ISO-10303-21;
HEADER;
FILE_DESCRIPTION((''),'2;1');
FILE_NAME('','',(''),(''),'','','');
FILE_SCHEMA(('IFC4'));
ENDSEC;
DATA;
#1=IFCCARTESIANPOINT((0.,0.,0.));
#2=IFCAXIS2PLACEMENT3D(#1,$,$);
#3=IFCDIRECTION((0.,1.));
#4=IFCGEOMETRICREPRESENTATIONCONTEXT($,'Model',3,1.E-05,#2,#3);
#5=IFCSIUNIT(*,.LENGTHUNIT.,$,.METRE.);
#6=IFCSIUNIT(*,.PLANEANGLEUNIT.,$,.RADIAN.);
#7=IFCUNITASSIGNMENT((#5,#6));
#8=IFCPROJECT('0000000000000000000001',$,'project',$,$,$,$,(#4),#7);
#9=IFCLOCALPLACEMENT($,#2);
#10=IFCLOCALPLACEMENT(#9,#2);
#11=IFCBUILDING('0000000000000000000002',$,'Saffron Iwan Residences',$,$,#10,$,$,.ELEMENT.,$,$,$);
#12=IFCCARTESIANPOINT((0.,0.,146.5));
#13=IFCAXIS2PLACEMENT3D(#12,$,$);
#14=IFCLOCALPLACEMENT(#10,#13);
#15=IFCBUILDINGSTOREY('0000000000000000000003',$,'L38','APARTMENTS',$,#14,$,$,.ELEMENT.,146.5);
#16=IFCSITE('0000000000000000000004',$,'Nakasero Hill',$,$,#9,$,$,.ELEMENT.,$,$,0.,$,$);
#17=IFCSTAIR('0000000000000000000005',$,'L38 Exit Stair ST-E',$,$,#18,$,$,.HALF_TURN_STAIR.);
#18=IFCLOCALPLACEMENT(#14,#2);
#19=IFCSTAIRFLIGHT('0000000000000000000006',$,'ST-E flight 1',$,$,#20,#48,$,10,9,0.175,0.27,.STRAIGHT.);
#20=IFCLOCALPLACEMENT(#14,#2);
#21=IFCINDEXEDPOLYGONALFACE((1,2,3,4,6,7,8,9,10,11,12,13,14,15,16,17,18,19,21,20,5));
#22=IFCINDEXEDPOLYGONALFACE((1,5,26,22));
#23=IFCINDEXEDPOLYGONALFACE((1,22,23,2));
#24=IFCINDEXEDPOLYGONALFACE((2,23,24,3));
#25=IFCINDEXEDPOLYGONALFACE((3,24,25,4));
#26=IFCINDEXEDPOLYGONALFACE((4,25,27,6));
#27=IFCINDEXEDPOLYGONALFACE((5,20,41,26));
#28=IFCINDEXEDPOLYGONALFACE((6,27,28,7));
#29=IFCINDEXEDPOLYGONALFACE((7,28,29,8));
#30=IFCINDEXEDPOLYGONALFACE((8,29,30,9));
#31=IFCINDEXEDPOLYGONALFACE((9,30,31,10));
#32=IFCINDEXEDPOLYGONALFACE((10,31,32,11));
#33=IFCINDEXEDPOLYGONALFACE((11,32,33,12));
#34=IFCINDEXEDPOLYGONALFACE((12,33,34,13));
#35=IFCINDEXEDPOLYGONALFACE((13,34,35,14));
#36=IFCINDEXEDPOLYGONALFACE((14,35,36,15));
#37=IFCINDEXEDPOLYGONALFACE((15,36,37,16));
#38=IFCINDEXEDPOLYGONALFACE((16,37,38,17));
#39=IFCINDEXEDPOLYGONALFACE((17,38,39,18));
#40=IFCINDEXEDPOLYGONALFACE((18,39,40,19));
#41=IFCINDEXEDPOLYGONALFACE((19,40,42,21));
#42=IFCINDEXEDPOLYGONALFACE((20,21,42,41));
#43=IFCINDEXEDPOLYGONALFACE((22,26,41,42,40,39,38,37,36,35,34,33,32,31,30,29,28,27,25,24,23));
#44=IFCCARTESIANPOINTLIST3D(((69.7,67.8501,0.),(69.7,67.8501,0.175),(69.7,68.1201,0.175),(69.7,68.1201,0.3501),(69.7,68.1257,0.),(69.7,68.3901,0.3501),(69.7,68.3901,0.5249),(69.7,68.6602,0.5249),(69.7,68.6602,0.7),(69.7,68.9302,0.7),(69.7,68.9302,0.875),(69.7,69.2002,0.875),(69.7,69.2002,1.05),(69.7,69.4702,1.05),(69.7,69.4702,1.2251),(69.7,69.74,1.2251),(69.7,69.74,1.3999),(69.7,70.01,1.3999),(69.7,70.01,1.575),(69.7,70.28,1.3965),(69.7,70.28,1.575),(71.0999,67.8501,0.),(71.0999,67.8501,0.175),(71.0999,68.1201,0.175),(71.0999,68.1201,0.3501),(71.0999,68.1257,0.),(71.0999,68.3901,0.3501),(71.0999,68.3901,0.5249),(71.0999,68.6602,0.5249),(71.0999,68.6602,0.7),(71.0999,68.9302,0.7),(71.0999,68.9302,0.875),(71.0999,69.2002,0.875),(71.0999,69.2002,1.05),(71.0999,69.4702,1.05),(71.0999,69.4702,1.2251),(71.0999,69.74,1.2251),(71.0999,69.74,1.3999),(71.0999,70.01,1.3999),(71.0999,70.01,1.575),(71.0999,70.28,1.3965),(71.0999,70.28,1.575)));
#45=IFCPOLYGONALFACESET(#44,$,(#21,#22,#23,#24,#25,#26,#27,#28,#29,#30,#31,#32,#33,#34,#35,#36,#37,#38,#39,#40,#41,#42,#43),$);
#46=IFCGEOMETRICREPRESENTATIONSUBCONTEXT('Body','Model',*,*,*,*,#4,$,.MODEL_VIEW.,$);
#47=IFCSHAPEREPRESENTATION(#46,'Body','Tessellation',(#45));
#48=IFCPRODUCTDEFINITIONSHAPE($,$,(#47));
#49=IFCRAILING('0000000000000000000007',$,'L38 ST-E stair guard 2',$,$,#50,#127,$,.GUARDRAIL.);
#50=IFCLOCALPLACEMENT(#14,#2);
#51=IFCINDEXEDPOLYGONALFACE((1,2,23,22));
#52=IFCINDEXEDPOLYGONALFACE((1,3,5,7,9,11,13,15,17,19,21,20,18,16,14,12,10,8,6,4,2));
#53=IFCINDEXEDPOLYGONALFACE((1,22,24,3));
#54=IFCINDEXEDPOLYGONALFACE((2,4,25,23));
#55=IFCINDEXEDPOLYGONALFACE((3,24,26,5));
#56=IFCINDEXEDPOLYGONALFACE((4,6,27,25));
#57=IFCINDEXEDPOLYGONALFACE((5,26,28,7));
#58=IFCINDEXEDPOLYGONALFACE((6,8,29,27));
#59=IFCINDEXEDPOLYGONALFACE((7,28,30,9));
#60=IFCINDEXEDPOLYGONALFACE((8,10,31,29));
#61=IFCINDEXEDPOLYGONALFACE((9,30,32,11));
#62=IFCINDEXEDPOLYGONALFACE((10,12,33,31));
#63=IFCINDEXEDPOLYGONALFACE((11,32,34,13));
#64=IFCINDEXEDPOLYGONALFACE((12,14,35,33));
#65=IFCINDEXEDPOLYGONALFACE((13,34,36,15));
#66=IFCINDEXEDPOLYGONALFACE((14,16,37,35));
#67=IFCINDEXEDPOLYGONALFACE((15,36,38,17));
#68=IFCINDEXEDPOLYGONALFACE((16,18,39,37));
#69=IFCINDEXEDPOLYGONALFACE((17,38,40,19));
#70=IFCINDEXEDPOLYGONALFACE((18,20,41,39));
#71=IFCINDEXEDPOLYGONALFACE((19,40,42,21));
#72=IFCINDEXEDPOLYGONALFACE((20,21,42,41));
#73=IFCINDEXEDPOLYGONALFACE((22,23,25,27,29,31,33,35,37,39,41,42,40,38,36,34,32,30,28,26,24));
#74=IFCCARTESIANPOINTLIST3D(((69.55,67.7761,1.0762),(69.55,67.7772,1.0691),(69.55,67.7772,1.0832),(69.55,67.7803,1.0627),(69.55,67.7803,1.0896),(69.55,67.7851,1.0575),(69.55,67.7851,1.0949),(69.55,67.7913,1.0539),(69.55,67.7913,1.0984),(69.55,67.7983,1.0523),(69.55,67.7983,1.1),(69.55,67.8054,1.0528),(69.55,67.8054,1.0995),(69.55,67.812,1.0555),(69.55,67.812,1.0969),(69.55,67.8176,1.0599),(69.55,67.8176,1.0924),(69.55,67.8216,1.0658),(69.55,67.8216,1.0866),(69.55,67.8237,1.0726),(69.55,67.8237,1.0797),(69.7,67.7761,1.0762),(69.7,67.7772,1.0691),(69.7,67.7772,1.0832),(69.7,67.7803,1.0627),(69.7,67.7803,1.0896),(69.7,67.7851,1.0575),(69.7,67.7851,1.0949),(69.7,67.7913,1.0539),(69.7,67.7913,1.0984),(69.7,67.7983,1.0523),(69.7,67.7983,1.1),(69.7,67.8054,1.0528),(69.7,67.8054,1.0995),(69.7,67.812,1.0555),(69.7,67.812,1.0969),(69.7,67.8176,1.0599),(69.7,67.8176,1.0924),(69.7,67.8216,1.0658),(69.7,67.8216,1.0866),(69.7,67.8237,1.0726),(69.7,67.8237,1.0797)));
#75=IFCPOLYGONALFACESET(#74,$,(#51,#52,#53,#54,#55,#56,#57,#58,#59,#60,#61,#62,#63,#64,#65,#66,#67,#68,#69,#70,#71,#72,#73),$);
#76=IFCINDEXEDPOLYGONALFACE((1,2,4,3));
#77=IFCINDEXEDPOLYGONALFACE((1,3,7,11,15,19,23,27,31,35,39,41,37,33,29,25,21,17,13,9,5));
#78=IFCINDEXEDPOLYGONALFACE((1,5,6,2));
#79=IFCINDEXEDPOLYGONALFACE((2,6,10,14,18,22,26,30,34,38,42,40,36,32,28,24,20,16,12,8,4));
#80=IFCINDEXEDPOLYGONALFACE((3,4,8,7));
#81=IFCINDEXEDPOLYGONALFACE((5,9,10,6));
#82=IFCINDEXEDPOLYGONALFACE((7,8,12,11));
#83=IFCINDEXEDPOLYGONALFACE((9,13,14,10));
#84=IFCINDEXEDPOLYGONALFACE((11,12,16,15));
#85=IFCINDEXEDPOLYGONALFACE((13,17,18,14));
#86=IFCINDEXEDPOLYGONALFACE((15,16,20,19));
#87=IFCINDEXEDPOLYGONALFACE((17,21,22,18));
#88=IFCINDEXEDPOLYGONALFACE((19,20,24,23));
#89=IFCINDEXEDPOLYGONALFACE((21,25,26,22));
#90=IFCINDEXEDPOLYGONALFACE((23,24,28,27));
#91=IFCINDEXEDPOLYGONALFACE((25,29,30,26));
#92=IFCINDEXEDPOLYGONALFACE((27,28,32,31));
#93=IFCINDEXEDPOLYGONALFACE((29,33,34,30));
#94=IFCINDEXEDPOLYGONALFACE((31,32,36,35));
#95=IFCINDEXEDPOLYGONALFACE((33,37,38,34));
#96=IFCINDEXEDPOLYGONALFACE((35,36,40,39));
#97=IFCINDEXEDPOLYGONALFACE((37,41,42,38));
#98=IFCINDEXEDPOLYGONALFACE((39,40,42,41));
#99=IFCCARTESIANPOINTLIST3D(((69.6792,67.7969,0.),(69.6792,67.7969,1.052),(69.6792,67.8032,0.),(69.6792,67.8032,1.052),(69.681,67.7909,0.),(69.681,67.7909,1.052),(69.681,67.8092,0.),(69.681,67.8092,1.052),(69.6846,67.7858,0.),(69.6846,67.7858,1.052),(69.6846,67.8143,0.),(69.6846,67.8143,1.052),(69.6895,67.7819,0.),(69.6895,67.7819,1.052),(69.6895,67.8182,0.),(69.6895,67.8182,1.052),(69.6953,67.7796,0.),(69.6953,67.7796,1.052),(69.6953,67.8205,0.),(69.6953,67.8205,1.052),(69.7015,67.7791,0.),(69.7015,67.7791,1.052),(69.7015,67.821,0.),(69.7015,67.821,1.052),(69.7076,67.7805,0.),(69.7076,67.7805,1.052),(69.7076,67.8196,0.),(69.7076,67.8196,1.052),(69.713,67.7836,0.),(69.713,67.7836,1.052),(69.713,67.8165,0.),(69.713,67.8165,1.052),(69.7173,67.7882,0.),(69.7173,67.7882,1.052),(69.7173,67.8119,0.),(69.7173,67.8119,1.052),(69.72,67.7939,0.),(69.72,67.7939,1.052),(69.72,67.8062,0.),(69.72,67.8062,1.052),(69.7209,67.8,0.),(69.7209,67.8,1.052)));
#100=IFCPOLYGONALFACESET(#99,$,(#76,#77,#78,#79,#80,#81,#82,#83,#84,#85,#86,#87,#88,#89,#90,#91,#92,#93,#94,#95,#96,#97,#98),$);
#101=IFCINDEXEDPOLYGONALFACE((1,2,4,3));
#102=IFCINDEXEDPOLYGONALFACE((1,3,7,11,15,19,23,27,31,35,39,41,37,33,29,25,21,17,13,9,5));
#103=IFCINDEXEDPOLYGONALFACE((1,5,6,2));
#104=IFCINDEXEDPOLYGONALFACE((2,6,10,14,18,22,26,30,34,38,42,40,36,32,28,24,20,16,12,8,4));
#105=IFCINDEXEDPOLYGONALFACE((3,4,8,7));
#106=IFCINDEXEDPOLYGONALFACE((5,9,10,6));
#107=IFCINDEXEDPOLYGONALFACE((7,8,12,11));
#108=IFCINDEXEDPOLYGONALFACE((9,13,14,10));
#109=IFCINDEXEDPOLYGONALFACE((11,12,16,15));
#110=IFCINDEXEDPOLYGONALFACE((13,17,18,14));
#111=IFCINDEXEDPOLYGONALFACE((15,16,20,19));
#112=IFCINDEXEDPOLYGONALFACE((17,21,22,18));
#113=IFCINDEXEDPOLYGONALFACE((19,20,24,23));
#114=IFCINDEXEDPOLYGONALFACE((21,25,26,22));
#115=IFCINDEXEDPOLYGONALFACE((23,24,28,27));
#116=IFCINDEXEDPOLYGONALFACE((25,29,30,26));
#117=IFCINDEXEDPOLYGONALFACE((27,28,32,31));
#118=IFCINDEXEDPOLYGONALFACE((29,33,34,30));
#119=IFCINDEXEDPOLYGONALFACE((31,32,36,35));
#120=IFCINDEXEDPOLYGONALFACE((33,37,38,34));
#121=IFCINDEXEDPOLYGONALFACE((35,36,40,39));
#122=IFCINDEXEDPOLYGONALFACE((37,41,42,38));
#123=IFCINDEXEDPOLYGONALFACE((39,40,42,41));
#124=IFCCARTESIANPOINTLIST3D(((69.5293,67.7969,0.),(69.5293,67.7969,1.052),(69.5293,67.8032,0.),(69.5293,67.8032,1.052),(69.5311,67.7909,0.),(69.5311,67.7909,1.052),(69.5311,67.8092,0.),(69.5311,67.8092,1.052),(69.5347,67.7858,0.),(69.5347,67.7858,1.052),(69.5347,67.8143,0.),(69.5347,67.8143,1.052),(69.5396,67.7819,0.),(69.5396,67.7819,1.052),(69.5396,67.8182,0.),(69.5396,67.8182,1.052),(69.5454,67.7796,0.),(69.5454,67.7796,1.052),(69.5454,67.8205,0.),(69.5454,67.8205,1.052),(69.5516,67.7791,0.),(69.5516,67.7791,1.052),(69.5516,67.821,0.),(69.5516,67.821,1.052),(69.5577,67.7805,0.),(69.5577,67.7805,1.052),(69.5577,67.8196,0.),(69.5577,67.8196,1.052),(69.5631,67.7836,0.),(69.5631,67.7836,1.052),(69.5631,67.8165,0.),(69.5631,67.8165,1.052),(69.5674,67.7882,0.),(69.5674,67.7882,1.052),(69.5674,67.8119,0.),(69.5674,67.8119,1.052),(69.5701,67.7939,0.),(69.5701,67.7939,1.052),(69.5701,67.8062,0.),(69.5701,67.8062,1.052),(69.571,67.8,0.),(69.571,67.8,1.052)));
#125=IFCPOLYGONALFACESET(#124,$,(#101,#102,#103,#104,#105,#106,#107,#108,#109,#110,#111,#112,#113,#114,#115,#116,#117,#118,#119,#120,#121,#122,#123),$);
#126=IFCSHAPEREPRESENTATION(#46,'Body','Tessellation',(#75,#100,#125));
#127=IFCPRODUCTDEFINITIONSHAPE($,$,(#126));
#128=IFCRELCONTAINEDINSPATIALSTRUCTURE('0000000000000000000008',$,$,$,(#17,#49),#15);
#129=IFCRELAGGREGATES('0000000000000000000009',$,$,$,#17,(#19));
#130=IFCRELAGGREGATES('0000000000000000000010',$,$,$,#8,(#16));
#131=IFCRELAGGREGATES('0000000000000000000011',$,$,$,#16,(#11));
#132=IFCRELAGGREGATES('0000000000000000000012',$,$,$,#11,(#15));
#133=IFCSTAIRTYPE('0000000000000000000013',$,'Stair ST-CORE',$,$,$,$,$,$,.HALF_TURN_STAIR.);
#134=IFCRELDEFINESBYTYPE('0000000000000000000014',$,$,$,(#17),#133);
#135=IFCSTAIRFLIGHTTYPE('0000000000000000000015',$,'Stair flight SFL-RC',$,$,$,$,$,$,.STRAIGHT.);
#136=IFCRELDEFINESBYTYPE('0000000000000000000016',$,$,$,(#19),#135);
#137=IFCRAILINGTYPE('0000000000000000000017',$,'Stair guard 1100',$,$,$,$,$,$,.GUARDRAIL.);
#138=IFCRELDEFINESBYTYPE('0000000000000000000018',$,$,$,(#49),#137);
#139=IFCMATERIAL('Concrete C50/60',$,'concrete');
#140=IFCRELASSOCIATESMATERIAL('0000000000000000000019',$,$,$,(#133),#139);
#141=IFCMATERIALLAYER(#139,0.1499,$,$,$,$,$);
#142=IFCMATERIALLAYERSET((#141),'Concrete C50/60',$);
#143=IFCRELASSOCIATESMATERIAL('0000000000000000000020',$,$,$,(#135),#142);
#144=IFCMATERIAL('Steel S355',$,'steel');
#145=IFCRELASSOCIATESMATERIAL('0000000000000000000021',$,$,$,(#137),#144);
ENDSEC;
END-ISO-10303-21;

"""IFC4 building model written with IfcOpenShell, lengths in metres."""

from ifc_helpers import new_model, si_unit, direction, frame, origin, origin_2d, place, context, subcontext, project, spatial, polyline, circle, outline, extrude, material, layer, layer_set, type_object, element, aggregate, save


model = new_model("IFC4")

# Units and contexts
model_context = context("Model", 3, precision=1e-05, world=origin(), true_north=direction((0.0, 1.0)))
body_context = subcontext(model_context, "Body", "Model", "MODEL_VIEW")
ifc_project = project(units=[si_unit("LENGTHUNIT", "METRE"), si_unit("PLANEANGLEUNIT", "RADIAN")], contexts=[model_context])

# Site, building, storey
site_placement = place(None, origin())
site = spatial("IfcSite", under=ifc_project, at=site_placement, Name="Nakasero Hill", CompositionType="ELEMENT", RefElevation=0.0)
building_placement = place(site_placement, origin())
building = spatial("IfcBuilding", under=site, at=building_placement, Name="Saffron Iwan Residences", CompositionType="ELEMENT")
storey_placement = place(building_placement, frame((0.0, 0.0, 146.5)))
storey = spatial("IfcBuildingStorey", under=building, at=storey_placement, Name="L38", Description="APARTMENTS", CompositionType="ELEMENT", Elevation=146.5)

# Shared definitions
ifc_material_1 = material(Name="Concrete C50/60", Category="concrete")

# Stair, stair flight
stair_type = type_object("IfcStairType", Name="Stair ST-CORE", PredefinedType="HALF_TURN_STAIR", material=ifc_material_1)
stair_placement = place(storey_placement, origin())
stair = element("IfcStair", 1, at=stair_placement, inside=storey, type_object=stair_type, Name="L38 Exit Stair ST-E", PredefinedType="HALF_TURN_STAIR")
ifc_layer_1 = layer(ifc_material_1, 0.1499)
ifc_layer_set_1 = layer_set([ifc_layer_1], Name="Concrete C50/60")
stair_flight_type = type_object("IfcStairFlightType", Name="Stair flight SFL-RC", PredefinedType="STRAIGHT", material=ifc_layer_set_1)
stair_flight_placement = place(storey_placement, frame((70.3999, 67.8501, 0.0), z_axis=(0.0, 0.0, 1.0), x_axis=(0.0, 1.0, 0.0)))
stair_flight = element("IfcStairFlight", 2, at=stair_flight_placement, type_object=stair_flight_type, Name="ST-E flight 1", NumberOfRisers=10, NumberOfTreads=9, PredefinedType="STRAIGHT", RiserHeight=0.175, TreadLength=0.27, context=body_context, shape_type="SweptSolid", body=[
    extrude(outline(polyline([(0.0, 0.0), (0.0, 0.175), (0.27, 0.175), (0.27, 0.3501), (0.54, 0.3501), (0.54, 0.5249), (0.8101, 0.5249), (0.8101, 0.7), (1.0801, 0.7), (1.0801, 0.875), (1.3501, 0.875), (1.3501, 1.05), (1.6201, 1.05), (1.6201, 1.2251), (1.8899, 1.2251), (1.8899, 1.3999), (2.1599, 1.3999), (2.1599, 1.575), (2.4299, 1.575), (2.4299, 1.75), (2.4299, 1.3965), (0.2756, 0.0), (0.0, 0.0)])), frame((0.0, 0.7, 0.0), z_axis=(0.0, -1.0, 0.0), x_axis=(1.0, 0.0, 0.0)), (0.0, 0.0, 1.0), 1.3999),
])
aggregate(stair, [stair_flight])

# Railing
ifc_material_2 = material(Name="Steel S355", Category="steel")
railing_type_1 = type_object("IfcRailingType", Name="Stair guard 1100", PredefinedType="GUARDRAIL", material=ifc_material_2)
railing_1_placement = place(storey_placement, frame((69.7, 67.8, 0.0)))
element("IfcRailing", 3, at=railing_1_placement, inside=storey, type_object=railing_type_1, Name="L38 ST-E stair guard 2", PredefinedType="GUARDRAIL", context=body_context, shape_type="SweptSolid", body=[
    extrude(circle(Radius=0.0239, at=origin_2d()), frame((0.0, 0.0, 1.0762), z_axis=(-1.0, 0.0, 0.0), x_axis=(0.0, -1.0, 0.0)), (0.0, 0.0, 1.0), 0.1499),
    extrude(circle(Radius=0.021, at=origin_2d()), origin(), (0.0, 0.0, 1.0), 1.052),
    extrude(circle(Radius=0.021, at=origin_2d()), frame((-0.1499, 0.0, 0.0)), (0.0, 0.0, 1.0), 1.052),
])

save(model, "model.ifc")
